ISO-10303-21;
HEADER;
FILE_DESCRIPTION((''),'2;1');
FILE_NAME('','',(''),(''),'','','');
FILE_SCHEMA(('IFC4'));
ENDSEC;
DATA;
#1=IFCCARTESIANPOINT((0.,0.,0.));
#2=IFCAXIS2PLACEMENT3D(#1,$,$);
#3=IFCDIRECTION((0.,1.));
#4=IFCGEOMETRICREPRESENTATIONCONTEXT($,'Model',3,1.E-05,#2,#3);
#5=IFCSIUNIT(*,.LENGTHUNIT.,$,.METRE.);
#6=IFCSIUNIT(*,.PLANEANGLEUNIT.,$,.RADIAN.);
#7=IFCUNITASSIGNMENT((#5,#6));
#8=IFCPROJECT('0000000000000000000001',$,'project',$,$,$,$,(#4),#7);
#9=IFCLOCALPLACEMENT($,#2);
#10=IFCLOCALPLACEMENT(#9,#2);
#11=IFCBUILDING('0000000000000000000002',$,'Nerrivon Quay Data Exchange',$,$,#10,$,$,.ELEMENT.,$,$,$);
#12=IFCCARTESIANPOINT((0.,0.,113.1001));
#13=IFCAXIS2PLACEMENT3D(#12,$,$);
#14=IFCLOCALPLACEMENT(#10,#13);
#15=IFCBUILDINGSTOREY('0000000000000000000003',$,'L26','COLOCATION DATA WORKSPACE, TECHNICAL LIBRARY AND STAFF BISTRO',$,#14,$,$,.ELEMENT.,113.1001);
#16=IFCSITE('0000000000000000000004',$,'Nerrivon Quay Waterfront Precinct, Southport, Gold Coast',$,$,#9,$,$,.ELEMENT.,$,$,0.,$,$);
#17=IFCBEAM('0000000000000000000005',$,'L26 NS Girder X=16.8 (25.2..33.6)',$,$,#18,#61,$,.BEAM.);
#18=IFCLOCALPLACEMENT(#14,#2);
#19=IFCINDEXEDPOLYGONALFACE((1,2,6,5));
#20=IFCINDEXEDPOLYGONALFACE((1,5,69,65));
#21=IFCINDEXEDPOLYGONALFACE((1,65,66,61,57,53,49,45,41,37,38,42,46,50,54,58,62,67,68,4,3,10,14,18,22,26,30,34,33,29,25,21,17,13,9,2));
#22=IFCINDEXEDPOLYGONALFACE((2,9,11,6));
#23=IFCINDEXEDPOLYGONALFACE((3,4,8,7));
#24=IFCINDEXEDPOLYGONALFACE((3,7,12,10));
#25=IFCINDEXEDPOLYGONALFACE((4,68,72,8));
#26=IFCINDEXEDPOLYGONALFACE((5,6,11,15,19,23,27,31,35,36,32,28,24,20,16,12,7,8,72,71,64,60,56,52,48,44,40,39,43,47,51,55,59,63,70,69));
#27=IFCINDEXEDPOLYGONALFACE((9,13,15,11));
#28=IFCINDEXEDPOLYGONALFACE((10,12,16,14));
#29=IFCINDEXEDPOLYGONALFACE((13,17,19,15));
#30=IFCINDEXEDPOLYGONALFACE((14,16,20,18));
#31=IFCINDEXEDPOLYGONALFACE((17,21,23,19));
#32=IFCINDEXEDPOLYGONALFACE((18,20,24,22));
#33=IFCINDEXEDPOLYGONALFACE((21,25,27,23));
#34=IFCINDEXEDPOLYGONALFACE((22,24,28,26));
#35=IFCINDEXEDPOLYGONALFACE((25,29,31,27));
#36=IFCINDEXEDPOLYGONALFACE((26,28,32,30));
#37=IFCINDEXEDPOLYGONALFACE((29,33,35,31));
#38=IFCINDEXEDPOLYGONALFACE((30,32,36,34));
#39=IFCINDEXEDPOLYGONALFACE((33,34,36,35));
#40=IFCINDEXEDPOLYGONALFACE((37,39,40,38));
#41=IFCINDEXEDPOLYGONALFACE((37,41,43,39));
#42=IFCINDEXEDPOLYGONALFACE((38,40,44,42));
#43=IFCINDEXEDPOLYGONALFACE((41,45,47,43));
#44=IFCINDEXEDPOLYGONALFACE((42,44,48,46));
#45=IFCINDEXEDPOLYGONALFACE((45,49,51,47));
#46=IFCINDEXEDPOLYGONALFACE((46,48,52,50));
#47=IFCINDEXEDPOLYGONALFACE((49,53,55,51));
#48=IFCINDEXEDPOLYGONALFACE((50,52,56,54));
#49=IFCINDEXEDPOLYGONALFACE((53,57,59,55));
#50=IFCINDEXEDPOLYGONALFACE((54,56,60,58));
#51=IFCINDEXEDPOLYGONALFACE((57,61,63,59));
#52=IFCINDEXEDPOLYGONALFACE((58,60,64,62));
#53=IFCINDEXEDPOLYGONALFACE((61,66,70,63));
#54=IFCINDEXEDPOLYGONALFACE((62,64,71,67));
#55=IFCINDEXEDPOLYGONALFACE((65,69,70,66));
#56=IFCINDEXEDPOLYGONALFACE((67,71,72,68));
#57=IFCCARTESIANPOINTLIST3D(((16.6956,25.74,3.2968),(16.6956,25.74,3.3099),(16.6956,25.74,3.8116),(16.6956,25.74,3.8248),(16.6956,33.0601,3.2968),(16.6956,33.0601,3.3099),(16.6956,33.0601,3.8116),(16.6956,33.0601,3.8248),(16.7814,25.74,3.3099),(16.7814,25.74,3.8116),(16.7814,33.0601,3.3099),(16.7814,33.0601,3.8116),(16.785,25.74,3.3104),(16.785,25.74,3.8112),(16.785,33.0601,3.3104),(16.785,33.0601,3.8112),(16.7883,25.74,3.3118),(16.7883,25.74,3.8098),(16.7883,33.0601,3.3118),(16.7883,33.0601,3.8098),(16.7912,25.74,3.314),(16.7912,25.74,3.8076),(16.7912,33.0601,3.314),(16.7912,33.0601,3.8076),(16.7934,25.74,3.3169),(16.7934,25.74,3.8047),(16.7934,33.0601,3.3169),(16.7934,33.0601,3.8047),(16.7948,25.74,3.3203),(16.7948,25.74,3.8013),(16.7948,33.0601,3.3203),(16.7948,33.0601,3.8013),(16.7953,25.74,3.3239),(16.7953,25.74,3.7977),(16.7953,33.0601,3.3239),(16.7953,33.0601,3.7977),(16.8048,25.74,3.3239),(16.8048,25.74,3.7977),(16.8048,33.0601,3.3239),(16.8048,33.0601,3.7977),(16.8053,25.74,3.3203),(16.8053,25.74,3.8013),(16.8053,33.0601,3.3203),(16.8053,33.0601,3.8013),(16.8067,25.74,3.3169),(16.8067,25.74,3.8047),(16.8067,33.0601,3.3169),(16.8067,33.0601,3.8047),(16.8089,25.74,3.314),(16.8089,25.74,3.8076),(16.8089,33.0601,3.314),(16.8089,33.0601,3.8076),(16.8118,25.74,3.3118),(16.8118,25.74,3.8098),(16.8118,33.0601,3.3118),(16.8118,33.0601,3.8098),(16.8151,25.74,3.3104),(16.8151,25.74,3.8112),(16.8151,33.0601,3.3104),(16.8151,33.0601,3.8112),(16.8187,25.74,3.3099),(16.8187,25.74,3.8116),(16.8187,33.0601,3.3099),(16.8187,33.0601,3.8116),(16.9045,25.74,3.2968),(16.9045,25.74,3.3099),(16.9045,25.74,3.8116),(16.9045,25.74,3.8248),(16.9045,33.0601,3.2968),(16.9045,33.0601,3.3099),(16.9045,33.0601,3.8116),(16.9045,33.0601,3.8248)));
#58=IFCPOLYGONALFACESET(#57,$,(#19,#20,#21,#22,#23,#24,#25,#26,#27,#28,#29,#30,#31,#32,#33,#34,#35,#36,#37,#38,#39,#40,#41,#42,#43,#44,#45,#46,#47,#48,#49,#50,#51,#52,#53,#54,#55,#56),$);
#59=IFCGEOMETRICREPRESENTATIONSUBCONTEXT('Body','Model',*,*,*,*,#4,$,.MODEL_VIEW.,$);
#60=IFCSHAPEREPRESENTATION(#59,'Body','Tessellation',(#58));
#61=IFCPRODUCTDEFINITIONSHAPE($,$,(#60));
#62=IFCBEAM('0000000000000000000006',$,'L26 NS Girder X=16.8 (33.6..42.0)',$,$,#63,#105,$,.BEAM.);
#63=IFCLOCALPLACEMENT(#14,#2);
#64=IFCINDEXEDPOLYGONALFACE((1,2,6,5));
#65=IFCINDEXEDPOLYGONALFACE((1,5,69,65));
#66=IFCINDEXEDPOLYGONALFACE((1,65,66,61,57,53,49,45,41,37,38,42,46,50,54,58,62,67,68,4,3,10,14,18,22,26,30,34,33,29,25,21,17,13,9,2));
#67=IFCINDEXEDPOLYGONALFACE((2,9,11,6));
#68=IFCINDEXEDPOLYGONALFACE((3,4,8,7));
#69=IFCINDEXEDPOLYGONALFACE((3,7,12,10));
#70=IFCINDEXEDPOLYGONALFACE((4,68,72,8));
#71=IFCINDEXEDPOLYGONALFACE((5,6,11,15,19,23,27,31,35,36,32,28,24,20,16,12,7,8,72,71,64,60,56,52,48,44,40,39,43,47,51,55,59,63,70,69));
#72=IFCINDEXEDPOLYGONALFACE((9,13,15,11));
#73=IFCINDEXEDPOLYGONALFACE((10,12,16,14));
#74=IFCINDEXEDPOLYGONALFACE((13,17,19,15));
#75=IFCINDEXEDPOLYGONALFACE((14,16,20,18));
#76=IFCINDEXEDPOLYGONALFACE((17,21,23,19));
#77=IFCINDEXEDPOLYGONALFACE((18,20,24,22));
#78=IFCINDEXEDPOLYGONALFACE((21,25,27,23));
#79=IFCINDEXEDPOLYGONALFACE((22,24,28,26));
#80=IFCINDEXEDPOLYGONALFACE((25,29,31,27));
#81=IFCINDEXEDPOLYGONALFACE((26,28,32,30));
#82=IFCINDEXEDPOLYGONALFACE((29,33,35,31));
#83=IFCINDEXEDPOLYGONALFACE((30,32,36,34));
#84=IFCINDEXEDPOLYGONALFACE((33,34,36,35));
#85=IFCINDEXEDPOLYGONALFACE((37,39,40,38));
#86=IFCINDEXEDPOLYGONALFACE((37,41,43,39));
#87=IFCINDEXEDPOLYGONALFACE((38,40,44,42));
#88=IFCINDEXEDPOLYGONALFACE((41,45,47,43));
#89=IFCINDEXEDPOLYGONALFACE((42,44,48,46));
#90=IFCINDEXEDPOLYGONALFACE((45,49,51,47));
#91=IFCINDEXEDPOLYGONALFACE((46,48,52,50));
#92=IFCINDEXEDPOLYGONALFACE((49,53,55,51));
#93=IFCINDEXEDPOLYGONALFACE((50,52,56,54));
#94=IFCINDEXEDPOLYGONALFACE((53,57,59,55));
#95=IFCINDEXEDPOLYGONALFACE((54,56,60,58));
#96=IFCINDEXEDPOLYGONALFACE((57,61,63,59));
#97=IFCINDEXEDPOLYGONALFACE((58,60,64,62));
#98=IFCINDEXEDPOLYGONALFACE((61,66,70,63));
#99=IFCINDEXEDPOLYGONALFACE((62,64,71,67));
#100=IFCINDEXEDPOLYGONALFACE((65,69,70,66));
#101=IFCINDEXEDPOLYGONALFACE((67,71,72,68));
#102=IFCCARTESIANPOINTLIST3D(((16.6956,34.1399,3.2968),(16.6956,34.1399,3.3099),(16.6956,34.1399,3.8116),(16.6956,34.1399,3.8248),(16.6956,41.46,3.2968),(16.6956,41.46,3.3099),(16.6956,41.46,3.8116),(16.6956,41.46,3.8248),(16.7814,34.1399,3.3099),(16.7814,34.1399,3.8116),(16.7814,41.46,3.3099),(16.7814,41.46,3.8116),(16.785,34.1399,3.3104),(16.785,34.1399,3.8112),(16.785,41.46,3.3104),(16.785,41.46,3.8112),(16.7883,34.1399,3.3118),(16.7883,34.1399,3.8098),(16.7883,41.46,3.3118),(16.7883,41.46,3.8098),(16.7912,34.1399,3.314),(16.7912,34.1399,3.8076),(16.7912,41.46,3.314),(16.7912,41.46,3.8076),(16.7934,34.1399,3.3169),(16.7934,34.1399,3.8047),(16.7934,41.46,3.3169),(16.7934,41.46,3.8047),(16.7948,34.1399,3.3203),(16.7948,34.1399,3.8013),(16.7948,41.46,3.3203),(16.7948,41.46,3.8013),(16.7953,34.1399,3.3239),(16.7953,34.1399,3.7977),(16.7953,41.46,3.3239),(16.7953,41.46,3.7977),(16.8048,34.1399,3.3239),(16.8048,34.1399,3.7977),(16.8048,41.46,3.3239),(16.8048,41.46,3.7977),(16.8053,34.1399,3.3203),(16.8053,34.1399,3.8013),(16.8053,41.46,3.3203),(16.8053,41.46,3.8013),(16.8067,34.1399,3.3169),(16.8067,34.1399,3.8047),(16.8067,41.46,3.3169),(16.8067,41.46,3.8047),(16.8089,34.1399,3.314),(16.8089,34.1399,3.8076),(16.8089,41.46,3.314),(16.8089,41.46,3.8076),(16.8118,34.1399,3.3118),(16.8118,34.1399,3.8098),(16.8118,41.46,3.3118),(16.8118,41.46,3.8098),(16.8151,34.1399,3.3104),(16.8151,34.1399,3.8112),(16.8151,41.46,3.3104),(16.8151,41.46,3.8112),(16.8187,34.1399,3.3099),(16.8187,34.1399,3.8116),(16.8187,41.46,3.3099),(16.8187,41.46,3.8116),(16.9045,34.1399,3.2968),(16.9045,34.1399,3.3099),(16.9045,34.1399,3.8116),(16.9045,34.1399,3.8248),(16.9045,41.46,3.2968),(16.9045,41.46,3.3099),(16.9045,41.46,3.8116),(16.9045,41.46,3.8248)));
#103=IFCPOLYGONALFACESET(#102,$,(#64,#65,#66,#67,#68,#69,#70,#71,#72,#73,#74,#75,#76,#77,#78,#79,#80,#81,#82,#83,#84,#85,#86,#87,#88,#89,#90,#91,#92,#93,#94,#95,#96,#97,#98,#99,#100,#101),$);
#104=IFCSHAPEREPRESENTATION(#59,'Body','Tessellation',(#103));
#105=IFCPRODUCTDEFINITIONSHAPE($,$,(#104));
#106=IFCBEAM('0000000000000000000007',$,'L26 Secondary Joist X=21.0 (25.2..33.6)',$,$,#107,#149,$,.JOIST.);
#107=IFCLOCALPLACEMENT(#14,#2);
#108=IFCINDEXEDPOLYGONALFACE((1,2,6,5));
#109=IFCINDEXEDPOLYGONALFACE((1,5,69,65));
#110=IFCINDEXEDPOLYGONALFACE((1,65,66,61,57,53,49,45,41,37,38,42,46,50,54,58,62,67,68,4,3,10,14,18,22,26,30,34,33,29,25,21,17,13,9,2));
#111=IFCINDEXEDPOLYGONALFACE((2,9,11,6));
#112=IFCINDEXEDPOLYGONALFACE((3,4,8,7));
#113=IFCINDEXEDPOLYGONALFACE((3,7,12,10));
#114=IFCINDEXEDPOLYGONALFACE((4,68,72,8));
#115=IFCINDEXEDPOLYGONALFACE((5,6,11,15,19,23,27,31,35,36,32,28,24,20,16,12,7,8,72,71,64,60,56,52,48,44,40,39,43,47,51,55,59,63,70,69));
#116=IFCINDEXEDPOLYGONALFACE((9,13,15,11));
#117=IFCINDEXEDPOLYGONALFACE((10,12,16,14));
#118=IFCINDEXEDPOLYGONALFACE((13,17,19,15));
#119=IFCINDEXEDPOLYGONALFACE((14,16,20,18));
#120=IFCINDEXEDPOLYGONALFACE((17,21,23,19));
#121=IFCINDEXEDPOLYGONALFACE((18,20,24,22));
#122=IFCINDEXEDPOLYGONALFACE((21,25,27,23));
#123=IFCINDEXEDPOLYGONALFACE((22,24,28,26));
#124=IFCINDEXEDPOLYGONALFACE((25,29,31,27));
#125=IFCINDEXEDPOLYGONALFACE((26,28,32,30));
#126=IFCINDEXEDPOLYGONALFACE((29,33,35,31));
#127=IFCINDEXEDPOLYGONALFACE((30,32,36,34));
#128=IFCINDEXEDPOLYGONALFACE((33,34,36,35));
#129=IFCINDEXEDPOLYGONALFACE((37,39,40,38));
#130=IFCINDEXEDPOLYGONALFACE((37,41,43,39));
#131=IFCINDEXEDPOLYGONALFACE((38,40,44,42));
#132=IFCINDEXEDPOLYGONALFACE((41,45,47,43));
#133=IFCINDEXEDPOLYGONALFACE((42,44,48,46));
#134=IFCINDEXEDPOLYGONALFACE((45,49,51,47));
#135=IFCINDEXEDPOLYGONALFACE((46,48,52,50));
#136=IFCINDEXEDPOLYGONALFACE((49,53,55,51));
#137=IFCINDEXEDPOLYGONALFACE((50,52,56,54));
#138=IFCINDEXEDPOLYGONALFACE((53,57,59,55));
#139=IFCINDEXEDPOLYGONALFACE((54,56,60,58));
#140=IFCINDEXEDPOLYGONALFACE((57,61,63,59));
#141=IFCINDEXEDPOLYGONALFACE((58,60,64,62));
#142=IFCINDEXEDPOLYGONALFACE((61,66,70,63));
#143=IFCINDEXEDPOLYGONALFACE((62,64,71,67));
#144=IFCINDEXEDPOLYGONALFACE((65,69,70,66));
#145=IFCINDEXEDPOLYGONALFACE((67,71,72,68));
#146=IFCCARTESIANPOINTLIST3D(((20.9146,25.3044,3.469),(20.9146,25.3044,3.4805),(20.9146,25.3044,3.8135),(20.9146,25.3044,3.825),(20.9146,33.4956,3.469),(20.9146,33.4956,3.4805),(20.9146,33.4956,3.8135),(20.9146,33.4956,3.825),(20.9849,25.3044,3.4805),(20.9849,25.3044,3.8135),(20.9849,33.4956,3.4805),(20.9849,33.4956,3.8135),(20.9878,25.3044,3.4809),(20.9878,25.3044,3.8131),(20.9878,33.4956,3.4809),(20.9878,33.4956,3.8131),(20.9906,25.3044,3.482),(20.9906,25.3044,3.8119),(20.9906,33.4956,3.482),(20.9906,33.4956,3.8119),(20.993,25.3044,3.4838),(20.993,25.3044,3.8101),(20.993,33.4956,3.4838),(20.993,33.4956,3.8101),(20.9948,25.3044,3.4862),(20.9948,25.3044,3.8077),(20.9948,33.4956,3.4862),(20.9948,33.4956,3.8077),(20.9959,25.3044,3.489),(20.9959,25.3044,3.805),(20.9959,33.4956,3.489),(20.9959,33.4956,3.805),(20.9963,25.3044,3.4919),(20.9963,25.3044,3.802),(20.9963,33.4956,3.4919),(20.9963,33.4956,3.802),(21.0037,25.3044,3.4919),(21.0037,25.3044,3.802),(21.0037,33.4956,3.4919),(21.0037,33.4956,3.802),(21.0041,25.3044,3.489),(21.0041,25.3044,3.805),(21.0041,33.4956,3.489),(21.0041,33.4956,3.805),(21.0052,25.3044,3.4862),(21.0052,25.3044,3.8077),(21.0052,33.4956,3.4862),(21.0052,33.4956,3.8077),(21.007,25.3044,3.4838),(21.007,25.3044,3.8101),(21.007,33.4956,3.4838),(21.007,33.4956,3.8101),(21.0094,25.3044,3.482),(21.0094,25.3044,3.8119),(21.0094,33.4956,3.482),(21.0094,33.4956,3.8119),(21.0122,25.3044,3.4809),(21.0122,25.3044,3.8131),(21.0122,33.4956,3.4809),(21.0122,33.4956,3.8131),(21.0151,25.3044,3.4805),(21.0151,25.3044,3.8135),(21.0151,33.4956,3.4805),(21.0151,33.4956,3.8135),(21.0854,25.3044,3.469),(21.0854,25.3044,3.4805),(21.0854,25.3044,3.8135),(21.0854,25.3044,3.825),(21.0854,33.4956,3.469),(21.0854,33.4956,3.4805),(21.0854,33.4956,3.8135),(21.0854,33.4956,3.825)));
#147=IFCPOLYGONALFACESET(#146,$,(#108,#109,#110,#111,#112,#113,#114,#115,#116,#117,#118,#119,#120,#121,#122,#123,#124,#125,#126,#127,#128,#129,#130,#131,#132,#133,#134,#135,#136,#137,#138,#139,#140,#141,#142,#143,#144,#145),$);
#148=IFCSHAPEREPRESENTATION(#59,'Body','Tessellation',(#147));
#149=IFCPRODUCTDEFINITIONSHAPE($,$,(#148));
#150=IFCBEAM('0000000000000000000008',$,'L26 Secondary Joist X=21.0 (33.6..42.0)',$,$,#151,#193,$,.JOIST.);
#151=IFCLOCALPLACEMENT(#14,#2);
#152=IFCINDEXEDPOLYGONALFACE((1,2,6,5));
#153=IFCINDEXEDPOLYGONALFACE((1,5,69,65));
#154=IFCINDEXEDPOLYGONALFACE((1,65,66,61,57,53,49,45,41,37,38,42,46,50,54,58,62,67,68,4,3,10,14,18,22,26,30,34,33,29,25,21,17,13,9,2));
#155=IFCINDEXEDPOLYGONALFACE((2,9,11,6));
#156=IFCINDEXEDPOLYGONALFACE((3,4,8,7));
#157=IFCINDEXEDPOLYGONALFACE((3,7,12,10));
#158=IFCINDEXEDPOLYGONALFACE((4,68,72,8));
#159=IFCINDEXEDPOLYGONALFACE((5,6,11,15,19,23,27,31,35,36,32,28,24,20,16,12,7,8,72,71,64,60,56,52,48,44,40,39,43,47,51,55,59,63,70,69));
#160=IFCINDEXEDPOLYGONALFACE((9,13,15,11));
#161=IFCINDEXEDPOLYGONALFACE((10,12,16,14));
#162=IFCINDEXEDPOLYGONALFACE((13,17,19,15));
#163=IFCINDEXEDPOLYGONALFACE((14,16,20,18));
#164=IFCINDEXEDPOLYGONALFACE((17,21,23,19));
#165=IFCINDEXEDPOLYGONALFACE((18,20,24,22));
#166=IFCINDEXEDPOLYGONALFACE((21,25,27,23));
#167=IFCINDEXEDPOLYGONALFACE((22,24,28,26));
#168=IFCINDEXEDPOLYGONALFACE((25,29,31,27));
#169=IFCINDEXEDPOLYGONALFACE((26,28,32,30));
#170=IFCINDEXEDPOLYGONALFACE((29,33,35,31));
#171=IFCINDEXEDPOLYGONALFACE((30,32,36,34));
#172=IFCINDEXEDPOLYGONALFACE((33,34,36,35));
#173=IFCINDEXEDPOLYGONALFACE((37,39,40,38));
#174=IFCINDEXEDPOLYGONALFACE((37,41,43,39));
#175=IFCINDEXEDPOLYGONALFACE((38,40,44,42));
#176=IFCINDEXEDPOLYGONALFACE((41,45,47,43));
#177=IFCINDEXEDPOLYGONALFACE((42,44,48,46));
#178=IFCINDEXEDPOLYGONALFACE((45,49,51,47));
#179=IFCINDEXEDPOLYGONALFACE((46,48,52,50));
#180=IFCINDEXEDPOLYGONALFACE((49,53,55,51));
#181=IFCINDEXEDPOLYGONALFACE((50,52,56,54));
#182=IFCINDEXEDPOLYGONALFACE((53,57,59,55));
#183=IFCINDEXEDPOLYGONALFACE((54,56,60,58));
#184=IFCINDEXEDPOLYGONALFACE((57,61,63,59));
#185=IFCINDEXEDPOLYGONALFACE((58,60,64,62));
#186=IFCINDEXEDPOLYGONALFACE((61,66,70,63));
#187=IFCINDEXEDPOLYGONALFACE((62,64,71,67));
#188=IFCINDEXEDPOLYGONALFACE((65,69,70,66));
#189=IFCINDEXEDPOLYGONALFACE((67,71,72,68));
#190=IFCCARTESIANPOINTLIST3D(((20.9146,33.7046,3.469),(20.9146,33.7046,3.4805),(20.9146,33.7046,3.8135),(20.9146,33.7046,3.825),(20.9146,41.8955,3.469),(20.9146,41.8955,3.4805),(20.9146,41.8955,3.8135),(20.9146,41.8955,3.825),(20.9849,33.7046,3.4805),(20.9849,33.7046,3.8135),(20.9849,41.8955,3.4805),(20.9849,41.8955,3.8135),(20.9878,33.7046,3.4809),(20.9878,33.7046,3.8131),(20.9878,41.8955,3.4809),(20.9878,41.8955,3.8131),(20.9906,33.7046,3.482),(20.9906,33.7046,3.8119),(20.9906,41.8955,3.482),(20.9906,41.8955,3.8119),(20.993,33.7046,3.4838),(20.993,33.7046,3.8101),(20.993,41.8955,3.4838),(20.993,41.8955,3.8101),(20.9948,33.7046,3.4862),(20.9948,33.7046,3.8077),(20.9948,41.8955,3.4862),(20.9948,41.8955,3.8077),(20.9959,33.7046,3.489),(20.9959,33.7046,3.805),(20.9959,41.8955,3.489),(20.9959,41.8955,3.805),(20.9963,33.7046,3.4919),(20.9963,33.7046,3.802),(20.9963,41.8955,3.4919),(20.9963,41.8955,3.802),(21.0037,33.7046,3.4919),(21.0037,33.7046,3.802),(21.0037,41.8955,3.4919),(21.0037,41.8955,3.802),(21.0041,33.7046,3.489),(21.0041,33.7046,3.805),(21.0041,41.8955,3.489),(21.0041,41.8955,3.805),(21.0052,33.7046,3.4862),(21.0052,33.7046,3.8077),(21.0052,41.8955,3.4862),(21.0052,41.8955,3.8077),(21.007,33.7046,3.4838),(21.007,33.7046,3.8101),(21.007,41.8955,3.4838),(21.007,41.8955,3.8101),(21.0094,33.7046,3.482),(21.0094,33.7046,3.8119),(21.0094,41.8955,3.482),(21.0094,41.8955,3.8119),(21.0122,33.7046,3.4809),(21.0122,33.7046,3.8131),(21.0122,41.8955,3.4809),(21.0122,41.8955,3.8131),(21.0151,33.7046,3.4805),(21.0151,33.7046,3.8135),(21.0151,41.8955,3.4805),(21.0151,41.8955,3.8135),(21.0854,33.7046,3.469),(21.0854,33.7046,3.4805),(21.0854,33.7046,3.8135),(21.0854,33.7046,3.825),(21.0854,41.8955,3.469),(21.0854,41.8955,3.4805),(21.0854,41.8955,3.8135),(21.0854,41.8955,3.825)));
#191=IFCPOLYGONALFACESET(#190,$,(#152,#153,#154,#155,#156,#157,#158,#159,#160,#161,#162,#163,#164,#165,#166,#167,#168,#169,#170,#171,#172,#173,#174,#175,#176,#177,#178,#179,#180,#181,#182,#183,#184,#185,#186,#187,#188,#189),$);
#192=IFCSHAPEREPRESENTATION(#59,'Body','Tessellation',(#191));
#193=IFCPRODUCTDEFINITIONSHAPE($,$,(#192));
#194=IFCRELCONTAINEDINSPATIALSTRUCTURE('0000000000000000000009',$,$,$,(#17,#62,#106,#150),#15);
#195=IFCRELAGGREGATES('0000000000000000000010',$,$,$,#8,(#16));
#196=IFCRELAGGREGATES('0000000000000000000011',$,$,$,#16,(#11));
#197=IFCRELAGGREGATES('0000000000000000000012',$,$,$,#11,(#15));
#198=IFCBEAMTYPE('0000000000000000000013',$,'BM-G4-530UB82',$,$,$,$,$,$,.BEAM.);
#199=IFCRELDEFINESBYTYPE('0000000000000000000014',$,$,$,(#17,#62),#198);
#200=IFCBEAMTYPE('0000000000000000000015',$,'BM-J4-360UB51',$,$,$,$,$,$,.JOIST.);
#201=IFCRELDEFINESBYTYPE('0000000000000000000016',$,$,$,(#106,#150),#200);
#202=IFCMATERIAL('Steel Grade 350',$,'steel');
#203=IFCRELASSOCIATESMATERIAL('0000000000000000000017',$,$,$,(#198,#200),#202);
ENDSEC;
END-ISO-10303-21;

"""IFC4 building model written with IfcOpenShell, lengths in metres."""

from ifc_helpers import new_model, si_unit, direction, frame, origin, origin_2d, place, context, subcontext, project, spatial, i_section, extrude, material, material_profile, profile_set, type_object, element, save


model = new_model("IFC4")

# Units and contexts
model_context = context("Model", 3, precision=1e-05, world=origin(), true_north=direction((0.0, 1.0)))
body_context = subcontext(model_context, "Body", "Model", "MODEL_VIEW")
ifc_project = project(units=[si_unit("LENGTHUNIT", "METRE"), si_unit("PLANEANGLEUNIT", "RADIAN")], contexts=[model_context])

# Site, building, storey
site_placement = place(None, origin())
site = spatial("IfcSite", under=ifc_project, at=site_placement, Name="Nerrivon Quay Waterfront Precinct, Southport, Gold Coast", CompositionType="ELEMENT", RefElevation=0.0)
building_placement = place(site_placement, origin())
building = spatial("IfcBuilding", under=site, at=building_placement, Name="Nerrivon Quay Data Exchange", CompositionType="ELEMENT")
storey_placement = place(building_placement, frame((0.0, 0.0, 113.1001)))
storey = spatial("IfcBuildingStorey", under=building, at=storey_placement, Name="L26", Description="COLOCATION DATA WORKSPACE, TECHNICAL LIBRARY AND STAFF BISTRO", CompositionType="ELEMENT", Elevation=113.1001)

# Beams
ifc_material_1 = material(Name="Steel Grade 350", Category="steel")
ifc_material_profile_1 = material_profile(ifc_material_1, i_section(OverallWidth=0.209, OverallDepth=0.5281, WebThickness=0.0095, FlangeThickness=0.0132, FilletRadius=0.0139, at=origin_2d()), Name="530UB82.0")
ifc_profile_set_1 = profile_set([ifc_material_profile_1], Name="Steel Grade 350")
beam_type_1 = type_object("IfcBeamType", Name="BM-G4-530UB82", PredefinedType="BEAM", material=ifc_profile_set_1)
for number, where, z_axis, x_axis, name in (
    (1, (16.8, 25.74, 3.5608), (0.0, 1.0, 0.0), (-1.0, 0.0, 0.0), "L26 NS Girder X=16.8 (25.2..33.6)"),
    (2, (16.8, 34.1399, 3.5608), (0.0, 1.0, 0.0), (-1.0, 0.0, 0.0), "L26 NS Girder X=16.8 (33.6..42.0)"),
):
    element("IfcBeam", number, at=place(storey_placement, frame(where, z_axis=z_axis, x_axis=x_axis)), inside=storey, type_object=beam_type_1, Name=name, PredefinedType="BEAM", context=body_context, shape_type="SweptSolid", body=[
        extrude(i_section(OverallWidth=0.209, OverallDepth=0.5281, WebThickness=0.0095, FlangeThickness=0.0132, FilletRadius=0.0139, at=origin_2d()), origin(), (0.0, 0.0, 1.0), 7.3201),
    ])
ifc_material_profile_2 = material_profile(ifc_material_1, i_section(OverallWidth=0.1709, OverallDepth=0.356, WebThickness=0.0073, FlangeThickness=0.0115, FilletRadius=0.0115, at=origin_2d()), Name="360UB50.7")
ifc_profile_set_2 = profile_set([ifc_material_profile_2], Name="Steel Grade 350")
beam_type_2 = type_object("IfcBeamType", Name="BM-J4-360UB51", PredefinedType="JOIST", material=ifc_profile_set_2)
beam_1_placement = place(storey_placement, frame((21.0, 25.3044, 3.647), z_axis=(0.0, 1.0, 0.0), x_axis=(-1.0, 0.0, 0.0)))
element("IfcBeam", 3, at=beam_1_placement, inside=storey, type_object=beam_type_2, Name="L26 Secondary Joist X=21.0 (25.2..33.6)", PredefinedType="JOIST", context=body_context, shape_type="SweptSolid", body=[
    extrude(i_section(OverallWidth=0.1709, OverallDepth=0.356, WebThickness=0.0073, FlangeThickness=0.0115, FilletRadius=0.0115, at=origin_2d()), origin(), (0.0, 0.0, 1.0), 8.1912),
])
beam_2_placement = place(storey_placement, frame((21.0, 33.7046, 3.647), z_axis=(0.0, 1.0, 0.0), x_axis=(-1.0, 0.0, 0.0)))
element("IfcBeam", 4, at=beam_2_placement, inside=storey, type_object=beam_type_2, Name="L26 Secondary Joist X=21.0 (33.6..42.0)", PredefinedType="JOIST", context=body_context, shape_type="SweptSolid", body=[
    extrude(i_section(OverallWidth=0.1709, OverallDepth=0.356, WebThickness=0.0073, FlangeThickness=0.0115, FilletRadius=0.0115, at=origin_2d()), origin(), (0.0, 0.0, 1.0), 8.1909),
])

save(model, "model.ifc")
